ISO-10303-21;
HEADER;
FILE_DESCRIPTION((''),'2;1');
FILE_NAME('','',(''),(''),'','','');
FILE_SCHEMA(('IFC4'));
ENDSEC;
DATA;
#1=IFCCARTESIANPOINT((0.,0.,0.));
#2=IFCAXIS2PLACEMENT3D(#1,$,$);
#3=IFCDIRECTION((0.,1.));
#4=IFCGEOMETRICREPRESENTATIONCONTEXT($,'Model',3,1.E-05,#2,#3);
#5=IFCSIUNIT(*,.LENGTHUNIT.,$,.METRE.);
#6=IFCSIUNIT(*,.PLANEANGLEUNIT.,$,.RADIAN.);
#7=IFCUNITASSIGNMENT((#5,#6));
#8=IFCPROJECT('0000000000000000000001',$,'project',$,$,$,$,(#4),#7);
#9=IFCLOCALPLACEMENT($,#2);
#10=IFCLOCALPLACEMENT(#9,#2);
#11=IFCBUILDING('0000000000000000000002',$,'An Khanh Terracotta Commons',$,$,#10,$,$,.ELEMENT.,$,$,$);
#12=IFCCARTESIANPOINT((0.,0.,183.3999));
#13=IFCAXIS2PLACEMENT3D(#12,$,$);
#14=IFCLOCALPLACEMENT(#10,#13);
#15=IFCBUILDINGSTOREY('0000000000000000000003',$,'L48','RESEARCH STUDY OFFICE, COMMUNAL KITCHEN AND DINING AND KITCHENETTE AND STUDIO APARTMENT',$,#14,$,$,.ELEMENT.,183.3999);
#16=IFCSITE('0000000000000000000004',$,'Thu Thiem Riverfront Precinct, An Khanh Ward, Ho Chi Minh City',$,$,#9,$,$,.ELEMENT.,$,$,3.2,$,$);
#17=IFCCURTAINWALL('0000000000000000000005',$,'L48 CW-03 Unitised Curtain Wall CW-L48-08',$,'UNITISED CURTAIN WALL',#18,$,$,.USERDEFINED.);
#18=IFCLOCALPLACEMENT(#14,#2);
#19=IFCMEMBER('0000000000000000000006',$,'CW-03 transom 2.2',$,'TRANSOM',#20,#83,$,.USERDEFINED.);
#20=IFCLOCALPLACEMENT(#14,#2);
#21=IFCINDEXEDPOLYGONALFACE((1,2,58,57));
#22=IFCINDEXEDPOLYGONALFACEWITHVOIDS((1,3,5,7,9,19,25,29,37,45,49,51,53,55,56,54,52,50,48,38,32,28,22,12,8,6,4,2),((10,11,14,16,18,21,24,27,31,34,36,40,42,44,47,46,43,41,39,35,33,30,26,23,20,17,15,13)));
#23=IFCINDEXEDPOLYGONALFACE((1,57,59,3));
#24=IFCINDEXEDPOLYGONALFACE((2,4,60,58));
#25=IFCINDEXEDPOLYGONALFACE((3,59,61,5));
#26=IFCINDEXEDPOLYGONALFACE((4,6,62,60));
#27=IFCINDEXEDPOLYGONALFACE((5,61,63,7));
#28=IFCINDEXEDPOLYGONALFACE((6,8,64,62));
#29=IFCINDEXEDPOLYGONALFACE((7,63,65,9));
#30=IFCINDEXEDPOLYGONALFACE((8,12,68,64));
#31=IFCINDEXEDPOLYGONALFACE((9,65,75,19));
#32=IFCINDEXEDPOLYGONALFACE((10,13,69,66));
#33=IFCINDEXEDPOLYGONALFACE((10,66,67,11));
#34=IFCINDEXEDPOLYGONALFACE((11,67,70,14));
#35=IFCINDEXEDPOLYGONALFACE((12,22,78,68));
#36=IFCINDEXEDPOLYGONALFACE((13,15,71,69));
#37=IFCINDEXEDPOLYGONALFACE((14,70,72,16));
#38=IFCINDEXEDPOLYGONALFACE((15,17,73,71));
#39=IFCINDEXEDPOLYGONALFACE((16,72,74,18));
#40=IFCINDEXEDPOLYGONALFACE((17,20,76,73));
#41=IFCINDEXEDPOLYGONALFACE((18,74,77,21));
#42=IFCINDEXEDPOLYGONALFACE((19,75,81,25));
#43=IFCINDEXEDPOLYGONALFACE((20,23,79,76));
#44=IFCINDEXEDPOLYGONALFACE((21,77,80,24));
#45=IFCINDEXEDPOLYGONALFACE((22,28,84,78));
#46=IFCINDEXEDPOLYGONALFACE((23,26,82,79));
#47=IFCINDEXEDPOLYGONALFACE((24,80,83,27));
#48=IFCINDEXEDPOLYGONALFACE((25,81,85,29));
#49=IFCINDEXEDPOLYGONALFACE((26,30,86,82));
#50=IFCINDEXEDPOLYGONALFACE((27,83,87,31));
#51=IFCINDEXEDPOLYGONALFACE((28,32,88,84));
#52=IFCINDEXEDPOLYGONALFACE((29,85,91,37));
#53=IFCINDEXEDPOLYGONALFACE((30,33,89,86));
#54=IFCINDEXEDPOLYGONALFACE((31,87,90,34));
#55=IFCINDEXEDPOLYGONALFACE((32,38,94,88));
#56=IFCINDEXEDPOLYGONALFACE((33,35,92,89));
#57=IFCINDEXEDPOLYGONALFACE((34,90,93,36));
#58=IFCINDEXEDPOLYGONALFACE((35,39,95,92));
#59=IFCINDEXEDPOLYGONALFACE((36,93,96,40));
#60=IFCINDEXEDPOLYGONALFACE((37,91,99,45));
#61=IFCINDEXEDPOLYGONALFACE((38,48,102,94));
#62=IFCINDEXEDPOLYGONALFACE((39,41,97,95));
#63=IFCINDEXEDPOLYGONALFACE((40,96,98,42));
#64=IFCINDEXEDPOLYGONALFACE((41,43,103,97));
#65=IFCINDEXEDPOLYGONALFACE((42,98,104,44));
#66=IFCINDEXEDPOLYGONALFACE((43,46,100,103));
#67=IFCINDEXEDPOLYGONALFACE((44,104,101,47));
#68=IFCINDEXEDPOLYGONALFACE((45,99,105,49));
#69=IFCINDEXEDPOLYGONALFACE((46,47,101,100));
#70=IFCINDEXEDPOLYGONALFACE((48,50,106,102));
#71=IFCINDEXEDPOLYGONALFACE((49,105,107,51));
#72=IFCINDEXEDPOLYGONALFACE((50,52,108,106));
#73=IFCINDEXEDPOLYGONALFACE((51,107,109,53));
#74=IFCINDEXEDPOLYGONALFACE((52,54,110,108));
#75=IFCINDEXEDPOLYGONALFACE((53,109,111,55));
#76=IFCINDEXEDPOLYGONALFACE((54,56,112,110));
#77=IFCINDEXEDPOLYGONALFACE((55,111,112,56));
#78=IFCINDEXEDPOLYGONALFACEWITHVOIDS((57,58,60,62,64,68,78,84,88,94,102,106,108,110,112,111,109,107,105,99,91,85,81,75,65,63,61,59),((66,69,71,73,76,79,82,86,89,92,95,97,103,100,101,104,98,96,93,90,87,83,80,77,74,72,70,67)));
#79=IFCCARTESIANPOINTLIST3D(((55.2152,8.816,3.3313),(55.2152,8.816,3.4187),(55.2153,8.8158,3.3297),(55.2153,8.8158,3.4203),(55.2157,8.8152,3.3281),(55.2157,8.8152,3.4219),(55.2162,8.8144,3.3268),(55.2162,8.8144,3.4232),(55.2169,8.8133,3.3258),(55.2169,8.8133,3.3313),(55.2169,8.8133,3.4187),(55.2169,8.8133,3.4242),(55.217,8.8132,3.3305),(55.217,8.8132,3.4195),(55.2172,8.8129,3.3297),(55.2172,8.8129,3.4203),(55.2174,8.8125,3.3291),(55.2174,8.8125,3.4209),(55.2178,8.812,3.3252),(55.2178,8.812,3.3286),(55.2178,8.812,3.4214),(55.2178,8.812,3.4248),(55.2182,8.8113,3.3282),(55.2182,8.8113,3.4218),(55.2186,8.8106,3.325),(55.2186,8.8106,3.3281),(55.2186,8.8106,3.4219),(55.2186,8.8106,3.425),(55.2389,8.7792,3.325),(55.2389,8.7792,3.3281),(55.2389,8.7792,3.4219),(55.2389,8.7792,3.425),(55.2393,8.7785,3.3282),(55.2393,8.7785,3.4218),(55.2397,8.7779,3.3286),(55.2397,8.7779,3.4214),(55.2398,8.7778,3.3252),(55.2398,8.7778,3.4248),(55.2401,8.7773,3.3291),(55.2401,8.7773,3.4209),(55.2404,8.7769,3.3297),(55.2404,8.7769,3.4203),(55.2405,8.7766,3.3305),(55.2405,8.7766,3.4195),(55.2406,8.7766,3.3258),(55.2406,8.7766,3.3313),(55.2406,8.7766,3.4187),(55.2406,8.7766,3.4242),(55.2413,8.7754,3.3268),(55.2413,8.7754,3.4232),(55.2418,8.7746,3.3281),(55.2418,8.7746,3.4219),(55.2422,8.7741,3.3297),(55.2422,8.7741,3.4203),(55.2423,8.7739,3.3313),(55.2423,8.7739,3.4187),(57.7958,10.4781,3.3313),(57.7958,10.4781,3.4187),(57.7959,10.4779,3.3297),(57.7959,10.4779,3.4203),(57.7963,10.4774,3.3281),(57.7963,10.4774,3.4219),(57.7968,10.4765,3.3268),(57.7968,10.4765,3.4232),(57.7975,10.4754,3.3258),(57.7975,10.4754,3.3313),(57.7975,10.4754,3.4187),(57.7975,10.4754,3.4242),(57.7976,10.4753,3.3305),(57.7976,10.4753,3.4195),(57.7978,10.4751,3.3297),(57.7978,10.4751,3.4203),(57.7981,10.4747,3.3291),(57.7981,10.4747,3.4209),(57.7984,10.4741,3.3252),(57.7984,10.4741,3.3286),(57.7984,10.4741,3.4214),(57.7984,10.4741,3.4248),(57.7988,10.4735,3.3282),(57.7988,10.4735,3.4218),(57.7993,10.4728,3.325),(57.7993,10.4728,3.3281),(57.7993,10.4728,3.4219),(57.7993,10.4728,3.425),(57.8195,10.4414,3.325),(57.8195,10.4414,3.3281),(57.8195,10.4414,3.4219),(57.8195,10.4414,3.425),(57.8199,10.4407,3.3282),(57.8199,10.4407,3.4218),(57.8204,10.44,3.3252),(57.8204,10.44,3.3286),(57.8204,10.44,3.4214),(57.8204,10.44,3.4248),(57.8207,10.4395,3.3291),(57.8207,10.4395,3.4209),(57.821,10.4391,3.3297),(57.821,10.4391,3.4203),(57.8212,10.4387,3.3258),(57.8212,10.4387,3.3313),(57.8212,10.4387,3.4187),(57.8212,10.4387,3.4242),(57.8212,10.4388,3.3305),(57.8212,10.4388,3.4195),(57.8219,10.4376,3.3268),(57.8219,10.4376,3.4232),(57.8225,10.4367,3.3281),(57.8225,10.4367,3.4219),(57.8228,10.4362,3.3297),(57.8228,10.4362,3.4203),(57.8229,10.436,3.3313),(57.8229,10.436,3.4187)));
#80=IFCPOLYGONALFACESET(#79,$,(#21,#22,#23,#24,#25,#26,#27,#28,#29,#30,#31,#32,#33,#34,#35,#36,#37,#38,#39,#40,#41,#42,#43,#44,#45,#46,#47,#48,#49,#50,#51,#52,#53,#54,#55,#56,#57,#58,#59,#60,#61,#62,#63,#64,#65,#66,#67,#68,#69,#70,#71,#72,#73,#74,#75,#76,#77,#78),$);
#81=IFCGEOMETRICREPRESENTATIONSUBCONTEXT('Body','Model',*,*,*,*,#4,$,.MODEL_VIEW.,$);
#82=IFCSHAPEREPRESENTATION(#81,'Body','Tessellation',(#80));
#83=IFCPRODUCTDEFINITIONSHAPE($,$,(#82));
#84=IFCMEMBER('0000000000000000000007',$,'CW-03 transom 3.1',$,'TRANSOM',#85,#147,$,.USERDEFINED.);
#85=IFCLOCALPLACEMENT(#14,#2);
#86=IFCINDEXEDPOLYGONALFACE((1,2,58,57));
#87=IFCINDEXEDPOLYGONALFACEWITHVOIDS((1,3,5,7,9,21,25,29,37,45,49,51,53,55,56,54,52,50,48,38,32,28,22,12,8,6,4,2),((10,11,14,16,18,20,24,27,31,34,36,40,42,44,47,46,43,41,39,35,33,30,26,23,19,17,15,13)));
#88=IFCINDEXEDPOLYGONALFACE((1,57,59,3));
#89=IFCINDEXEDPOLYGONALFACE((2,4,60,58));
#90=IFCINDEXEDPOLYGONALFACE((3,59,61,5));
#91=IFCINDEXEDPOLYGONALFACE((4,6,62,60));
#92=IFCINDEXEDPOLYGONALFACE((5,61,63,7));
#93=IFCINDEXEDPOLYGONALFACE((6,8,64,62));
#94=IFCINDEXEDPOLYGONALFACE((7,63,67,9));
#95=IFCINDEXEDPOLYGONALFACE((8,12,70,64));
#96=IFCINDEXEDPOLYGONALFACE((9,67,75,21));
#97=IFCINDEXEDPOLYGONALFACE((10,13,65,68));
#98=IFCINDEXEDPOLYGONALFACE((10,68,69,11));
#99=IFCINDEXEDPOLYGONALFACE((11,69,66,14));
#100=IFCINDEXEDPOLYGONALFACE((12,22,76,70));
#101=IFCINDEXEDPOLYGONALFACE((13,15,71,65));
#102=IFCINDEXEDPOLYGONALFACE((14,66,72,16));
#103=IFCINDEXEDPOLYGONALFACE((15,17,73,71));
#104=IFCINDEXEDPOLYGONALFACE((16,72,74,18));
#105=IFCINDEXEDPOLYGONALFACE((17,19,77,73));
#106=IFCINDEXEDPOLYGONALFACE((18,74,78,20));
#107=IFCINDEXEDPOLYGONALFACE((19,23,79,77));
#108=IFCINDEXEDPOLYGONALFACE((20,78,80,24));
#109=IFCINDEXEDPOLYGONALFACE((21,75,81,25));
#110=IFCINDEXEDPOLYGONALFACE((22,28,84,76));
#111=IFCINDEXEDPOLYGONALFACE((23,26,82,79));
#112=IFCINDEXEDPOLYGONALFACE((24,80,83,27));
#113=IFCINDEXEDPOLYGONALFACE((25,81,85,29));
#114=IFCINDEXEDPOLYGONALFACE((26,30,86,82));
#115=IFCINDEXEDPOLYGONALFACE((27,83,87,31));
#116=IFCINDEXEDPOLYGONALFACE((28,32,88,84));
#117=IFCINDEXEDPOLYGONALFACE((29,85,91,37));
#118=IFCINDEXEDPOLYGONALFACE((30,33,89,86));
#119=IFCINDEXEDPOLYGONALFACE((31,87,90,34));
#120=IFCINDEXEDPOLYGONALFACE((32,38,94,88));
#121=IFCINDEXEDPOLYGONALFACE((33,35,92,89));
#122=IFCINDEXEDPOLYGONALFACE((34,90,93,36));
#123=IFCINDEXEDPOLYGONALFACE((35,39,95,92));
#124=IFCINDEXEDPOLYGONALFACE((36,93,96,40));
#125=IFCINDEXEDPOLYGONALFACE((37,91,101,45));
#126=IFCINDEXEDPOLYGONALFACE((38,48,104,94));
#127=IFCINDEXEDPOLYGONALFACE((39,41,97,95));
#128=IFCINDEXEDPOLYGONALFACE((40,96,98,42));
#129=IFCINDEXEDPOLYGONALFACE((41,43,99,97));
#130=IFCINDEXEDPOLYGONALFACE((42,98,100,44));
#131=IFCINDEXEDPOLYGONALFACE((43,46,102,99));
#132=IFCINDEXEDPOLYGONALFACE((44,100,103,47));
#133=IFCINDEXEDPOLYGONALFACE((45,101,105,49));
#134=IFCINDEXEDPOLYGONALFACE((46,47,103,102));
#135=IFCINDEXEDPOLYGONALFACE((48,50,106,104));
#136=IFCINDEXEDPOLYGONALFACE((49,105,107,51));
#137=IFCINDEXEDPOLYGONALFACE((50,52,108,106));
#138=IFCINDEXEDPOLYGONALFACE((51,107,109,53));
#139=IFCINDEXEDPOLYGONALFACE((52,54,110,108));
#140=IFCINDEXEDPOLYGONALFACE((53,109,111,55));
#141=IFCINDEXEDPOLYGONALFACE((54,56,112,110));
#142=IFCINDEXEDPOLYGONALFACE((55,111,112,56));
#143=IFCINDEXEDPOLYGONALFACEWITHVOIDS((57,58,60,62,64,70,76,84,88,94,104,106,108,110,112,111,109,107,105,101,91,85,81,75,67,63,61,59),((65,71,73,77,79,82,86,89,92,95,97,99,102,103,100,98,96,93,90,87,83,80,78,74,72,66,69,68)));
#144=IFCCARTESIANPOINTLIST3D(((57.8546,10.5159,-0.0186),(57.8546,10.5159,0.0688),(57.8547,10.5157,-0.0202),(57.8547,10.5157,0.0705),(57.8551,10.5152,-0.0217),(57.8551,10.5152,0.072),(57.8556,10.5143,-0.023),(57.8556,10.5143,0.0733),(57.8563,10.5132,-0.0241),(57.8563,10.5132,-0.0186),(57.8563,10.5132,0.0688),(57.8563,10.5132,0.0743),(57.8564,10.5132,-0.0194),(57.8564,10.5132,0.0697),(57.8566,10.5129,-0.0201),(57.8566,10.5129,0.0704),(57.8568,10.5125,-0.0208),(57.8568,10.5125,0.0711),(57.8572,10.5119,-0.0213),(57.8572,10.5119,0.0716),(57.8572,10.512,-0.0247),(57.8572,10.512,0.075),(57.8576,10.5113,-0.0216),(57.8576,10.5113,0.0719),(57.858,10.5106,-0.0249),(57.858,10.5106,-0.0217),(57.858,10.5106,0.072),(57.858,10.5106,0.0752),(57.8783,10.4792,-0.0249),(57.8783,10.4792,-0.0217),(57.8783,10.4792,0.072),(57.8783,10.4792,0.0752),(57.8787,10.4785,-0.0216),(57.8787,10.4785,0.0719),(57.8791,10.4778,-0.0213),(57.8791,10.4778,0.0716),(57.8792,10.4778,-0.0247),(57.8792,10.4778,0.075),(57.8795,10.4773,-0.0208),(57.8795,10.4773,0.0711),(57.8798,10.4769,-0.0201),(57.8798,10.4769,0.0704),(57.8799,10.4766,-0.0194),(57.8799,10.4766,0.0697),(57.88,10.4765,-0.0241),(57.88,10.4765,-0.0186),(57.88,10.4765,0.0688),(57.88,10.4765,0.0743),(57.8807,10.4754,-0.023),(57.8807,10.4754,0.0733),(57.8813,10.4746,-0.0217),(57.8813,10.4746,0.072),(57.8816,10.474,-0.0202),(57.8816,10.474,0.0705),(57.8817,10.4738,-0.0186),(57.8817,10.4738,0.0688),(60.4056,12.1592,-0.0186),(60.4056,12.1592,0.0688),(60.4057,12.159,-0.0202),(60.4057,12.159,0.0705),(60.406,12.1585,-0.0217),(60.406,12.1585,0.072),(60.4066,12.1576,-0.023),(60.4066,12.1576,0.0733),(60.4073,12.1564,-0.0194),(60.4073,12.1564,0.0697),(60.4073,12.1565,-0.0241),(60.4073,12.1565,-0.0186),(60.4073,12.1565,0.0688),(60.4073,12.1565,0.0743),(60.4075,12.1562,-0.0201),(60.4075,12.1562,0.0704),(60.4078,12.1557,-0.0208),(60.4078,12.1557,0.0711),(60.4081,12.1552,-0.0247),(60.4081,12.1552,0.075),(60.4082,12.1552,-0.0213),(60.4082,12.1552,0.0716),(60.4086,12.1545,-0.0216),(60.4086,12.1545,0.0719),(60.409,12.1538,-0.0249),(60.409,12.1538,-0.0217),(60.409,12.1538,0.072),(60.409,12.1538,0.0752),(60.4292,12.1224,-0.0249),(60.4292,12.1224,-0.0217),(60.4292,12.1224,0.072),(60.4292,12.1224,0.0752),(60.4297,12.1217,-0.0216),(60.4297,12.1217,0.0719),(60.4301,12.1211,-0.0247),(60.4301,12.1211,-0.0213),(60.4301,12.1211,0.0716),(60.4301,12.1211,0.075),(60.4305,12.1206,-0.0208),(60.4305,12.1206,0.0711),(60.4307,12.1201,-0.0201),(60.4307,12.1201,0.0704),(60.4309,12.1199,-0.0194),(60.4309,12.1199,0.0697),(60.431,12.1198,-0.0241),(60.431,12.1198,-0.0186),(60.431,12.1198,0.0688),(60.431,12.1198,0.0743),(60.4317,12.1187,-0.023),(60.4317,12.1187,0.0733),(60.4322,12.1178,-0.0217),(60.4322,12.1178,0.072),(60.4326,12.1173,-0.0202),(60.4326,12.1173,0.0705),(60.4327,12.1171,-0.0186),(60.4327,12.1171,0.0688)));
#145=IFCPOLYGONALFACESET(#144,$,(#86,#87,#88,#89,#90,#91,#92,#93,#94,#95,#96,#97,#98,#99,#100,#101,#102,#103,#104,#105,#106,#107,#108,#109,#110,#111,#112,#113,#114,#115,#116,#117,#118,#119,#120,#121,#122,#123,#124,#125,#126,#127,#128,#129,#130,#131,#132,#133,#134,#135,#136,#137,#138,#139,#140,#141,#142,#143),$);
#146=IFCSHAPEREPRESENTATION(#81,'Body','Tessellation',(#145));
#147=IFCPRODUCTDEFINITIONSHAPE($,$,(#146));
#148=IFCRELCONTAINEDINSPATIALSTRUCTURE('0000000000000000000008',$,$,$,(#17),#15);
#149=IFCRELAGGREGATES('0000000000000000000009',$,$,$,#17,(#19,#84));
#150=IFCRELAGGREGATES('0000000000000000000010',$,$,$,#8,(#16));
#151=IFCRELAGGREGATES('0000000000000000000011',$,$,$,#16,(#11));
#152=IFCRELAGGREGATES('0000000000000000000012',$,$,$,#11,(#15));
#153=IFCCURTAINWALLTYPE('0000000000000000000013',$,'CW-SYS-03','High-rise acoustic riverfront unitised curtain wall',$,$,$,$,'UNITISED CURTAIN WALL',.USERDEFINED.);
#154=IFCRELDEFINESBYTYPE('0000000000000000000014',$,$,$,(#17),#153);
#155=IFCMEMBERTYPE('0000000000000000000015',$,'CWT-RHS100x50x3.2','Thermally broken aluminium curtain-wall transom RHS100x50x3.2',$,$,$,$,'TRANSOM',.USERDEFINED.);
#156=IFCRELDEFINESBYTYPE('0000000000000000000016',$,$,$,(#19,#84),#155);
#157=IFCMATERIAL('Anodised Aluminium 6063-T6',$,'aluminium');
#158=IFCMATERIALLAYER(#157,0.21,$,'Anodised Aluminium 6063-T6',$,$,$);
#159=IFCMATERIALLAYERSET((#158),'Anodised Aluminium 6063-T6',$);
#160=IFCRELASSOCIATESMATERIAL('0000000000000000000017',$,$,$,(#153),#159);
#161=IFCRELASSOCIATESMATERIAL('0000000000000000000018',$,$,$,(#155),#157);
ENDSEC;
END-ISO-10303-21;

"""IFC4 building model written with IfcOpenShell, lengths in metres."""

from ifc_helpers import new_model, si_unit, direction, frame, origin, origin_2d, place, context, subcontext, project, spatial, hollow_rectangle, extrude, material, layer, layer_set, material_profile, profile_set, type_object, element, aggregate, save


model = new_model("IFC4")

# Units and contexts
model_context = context("Model", 3, precision=1e-05, world=origin(), true_north=direction((0.0, 1.0)))
body_context = subcontext(model_context, "Body", "Model", "MODEL_VIEW")
ifc_project = project(units=[si_unit("LENGTHUNIT", "METRE"), si_unit("PLANEANGLEUNIT", "RADIAN")], contexts=[model_context])

# Site, building, storey
site_placement = place(None, origin())
site = spatial("IfcSite", under=ifc_project, at=site_placement, Name="Thu Thiem Riverfront Precinct, An Khanh Ward, Ho Chi Minh City", CompositionType="ELEMENT", RefElevation=3.2)
building_placement = place(site_placement, origin())
building = spatial("IfcBuilding", under=site, at=building_placement, Name="An Khanh Terracotta Commons", CompositionType="ELEMENT")
storey_placement = place(building_placement, frame((0.0, 0.0, 183.3999)))
storey = spatial("IfcBuildingStorey", under=building, at=storey_placement, Name="L48", Description="RESEARCH STUDY OFFICE, COMMUNAL KITCHEN AND DINING AND KITCHENETTE AND STUDIO APARTMENT", CompositionType="ELEMENT", Elevation=183.3999)

# Shared definitions
ifc_material_1 = material(Name="Anodised Aluminium 6063-T6", Category="aluminium")

# Curtain wall, members
ifc_layer_1 = layer(ifc_material_1, 0.21, Name="Anodised Aluminium 6063-T6")
ifc_layer_set_1 = layer_set([ifc_layer_1], Name="Anodised Aluminium 6063-T6")
curtain_wall_type_1 = type_object("IfcCurtainWallType", Name="CW-SYS-03", Description="High-rise acoustic riverfront unitised curtain wall", ElementType="UNITISED CURTAIN WALL", PredefinedType="USERDEFINED", material=ifc_layer_set_1)
curtain_wall_1_placement = place(storey_placement, origin())
curtain_wall_1 = element("IfcCurtainWall", 1, at=curtain_wall_1_placement, inside=storey, type_object=curtain_wall_type_1, Name="L48 CW-03 Unitised Curtain Wall CW-L48-08", ObjectType="UNITISED CURTAIN WALL", PredefinedType="USERDEFINED")
ifc_material_profile_1 = material_profile(ifc_material_1, hollow_rectangle(XDim=0.05, YDim=0.1001, WallThickness=0.0032, InnerFilletRadius=0.0032, OuterFilletRadius=0.0063, at=origin_2d()), Name="RHS100x50x3.2")
ifc_profile_set_1 = profile_set([ifc_material_profile_1], Name="Anodised Aluminium 6063-T6")
member_type_1 = type_object("IfcMemberType", Name="CWT-RHS100x50x3.2", Description="Thermally broken aluminium curtain-wall transom RHS100x50x3.2", ElementType="TRANSOM", PredefinedType="USERDEFINED", material=ifc_profile_set_1)
member_1_placement = place(storey_placement, frame((55.2288, 8.7949, 3.375), z_axis=(0.840708, 0.541489, 0.0), x_axis=(-0.541489, 0.840708, 0.0)))
member_1 = element("IfcMember", 2, at=member_1_placement, type_object=member_type_1, Name="CW-03 transom 2.2", ObjectType="TRANSOM", PredefinedType="USERDEFINED", context=body_context, shape_type="SweptSolid", body=[
    extrude(hollow_rectangle(XDim=0.05, YDim=0.1001, WallThickness=0.0032, InnerFilletRadius=0.0032, OuterFilletRadius=0.0063, at=origin_2d()), origin(), (0.0, 0.0, 1.0), 3.0696),
])
member_2_placement = place(storey_placement, frame((57.8682, 10.4949, 0.0251), z_axis=(0.840674, 0.541542, 0.0), x_axis=(-0.541542, 0.840674, 0.0)))
member_2 = element("IfcMember", 3, at=member_2_placement, type_object=member_type_1, Name="CW-03 transom 3.1", ObjectType="TRANSOM", PredefinedType="USERDEFINED", context=body_context, shape_type="SweptSolid", body=[
    extrude(hollow_rectangle(XDim=0.05, YDim=0.1001, WallThickness=0.0032, InnerFilletRadius=0.0032, OuterFilletRadius=0.0063, at=origin_2d()), origin(), (0.0, 0.0, 1.0), 3.0344),
])

aggregate(curtain_wall_1, [member_1, member_2])

save(model, "model.ifc")
